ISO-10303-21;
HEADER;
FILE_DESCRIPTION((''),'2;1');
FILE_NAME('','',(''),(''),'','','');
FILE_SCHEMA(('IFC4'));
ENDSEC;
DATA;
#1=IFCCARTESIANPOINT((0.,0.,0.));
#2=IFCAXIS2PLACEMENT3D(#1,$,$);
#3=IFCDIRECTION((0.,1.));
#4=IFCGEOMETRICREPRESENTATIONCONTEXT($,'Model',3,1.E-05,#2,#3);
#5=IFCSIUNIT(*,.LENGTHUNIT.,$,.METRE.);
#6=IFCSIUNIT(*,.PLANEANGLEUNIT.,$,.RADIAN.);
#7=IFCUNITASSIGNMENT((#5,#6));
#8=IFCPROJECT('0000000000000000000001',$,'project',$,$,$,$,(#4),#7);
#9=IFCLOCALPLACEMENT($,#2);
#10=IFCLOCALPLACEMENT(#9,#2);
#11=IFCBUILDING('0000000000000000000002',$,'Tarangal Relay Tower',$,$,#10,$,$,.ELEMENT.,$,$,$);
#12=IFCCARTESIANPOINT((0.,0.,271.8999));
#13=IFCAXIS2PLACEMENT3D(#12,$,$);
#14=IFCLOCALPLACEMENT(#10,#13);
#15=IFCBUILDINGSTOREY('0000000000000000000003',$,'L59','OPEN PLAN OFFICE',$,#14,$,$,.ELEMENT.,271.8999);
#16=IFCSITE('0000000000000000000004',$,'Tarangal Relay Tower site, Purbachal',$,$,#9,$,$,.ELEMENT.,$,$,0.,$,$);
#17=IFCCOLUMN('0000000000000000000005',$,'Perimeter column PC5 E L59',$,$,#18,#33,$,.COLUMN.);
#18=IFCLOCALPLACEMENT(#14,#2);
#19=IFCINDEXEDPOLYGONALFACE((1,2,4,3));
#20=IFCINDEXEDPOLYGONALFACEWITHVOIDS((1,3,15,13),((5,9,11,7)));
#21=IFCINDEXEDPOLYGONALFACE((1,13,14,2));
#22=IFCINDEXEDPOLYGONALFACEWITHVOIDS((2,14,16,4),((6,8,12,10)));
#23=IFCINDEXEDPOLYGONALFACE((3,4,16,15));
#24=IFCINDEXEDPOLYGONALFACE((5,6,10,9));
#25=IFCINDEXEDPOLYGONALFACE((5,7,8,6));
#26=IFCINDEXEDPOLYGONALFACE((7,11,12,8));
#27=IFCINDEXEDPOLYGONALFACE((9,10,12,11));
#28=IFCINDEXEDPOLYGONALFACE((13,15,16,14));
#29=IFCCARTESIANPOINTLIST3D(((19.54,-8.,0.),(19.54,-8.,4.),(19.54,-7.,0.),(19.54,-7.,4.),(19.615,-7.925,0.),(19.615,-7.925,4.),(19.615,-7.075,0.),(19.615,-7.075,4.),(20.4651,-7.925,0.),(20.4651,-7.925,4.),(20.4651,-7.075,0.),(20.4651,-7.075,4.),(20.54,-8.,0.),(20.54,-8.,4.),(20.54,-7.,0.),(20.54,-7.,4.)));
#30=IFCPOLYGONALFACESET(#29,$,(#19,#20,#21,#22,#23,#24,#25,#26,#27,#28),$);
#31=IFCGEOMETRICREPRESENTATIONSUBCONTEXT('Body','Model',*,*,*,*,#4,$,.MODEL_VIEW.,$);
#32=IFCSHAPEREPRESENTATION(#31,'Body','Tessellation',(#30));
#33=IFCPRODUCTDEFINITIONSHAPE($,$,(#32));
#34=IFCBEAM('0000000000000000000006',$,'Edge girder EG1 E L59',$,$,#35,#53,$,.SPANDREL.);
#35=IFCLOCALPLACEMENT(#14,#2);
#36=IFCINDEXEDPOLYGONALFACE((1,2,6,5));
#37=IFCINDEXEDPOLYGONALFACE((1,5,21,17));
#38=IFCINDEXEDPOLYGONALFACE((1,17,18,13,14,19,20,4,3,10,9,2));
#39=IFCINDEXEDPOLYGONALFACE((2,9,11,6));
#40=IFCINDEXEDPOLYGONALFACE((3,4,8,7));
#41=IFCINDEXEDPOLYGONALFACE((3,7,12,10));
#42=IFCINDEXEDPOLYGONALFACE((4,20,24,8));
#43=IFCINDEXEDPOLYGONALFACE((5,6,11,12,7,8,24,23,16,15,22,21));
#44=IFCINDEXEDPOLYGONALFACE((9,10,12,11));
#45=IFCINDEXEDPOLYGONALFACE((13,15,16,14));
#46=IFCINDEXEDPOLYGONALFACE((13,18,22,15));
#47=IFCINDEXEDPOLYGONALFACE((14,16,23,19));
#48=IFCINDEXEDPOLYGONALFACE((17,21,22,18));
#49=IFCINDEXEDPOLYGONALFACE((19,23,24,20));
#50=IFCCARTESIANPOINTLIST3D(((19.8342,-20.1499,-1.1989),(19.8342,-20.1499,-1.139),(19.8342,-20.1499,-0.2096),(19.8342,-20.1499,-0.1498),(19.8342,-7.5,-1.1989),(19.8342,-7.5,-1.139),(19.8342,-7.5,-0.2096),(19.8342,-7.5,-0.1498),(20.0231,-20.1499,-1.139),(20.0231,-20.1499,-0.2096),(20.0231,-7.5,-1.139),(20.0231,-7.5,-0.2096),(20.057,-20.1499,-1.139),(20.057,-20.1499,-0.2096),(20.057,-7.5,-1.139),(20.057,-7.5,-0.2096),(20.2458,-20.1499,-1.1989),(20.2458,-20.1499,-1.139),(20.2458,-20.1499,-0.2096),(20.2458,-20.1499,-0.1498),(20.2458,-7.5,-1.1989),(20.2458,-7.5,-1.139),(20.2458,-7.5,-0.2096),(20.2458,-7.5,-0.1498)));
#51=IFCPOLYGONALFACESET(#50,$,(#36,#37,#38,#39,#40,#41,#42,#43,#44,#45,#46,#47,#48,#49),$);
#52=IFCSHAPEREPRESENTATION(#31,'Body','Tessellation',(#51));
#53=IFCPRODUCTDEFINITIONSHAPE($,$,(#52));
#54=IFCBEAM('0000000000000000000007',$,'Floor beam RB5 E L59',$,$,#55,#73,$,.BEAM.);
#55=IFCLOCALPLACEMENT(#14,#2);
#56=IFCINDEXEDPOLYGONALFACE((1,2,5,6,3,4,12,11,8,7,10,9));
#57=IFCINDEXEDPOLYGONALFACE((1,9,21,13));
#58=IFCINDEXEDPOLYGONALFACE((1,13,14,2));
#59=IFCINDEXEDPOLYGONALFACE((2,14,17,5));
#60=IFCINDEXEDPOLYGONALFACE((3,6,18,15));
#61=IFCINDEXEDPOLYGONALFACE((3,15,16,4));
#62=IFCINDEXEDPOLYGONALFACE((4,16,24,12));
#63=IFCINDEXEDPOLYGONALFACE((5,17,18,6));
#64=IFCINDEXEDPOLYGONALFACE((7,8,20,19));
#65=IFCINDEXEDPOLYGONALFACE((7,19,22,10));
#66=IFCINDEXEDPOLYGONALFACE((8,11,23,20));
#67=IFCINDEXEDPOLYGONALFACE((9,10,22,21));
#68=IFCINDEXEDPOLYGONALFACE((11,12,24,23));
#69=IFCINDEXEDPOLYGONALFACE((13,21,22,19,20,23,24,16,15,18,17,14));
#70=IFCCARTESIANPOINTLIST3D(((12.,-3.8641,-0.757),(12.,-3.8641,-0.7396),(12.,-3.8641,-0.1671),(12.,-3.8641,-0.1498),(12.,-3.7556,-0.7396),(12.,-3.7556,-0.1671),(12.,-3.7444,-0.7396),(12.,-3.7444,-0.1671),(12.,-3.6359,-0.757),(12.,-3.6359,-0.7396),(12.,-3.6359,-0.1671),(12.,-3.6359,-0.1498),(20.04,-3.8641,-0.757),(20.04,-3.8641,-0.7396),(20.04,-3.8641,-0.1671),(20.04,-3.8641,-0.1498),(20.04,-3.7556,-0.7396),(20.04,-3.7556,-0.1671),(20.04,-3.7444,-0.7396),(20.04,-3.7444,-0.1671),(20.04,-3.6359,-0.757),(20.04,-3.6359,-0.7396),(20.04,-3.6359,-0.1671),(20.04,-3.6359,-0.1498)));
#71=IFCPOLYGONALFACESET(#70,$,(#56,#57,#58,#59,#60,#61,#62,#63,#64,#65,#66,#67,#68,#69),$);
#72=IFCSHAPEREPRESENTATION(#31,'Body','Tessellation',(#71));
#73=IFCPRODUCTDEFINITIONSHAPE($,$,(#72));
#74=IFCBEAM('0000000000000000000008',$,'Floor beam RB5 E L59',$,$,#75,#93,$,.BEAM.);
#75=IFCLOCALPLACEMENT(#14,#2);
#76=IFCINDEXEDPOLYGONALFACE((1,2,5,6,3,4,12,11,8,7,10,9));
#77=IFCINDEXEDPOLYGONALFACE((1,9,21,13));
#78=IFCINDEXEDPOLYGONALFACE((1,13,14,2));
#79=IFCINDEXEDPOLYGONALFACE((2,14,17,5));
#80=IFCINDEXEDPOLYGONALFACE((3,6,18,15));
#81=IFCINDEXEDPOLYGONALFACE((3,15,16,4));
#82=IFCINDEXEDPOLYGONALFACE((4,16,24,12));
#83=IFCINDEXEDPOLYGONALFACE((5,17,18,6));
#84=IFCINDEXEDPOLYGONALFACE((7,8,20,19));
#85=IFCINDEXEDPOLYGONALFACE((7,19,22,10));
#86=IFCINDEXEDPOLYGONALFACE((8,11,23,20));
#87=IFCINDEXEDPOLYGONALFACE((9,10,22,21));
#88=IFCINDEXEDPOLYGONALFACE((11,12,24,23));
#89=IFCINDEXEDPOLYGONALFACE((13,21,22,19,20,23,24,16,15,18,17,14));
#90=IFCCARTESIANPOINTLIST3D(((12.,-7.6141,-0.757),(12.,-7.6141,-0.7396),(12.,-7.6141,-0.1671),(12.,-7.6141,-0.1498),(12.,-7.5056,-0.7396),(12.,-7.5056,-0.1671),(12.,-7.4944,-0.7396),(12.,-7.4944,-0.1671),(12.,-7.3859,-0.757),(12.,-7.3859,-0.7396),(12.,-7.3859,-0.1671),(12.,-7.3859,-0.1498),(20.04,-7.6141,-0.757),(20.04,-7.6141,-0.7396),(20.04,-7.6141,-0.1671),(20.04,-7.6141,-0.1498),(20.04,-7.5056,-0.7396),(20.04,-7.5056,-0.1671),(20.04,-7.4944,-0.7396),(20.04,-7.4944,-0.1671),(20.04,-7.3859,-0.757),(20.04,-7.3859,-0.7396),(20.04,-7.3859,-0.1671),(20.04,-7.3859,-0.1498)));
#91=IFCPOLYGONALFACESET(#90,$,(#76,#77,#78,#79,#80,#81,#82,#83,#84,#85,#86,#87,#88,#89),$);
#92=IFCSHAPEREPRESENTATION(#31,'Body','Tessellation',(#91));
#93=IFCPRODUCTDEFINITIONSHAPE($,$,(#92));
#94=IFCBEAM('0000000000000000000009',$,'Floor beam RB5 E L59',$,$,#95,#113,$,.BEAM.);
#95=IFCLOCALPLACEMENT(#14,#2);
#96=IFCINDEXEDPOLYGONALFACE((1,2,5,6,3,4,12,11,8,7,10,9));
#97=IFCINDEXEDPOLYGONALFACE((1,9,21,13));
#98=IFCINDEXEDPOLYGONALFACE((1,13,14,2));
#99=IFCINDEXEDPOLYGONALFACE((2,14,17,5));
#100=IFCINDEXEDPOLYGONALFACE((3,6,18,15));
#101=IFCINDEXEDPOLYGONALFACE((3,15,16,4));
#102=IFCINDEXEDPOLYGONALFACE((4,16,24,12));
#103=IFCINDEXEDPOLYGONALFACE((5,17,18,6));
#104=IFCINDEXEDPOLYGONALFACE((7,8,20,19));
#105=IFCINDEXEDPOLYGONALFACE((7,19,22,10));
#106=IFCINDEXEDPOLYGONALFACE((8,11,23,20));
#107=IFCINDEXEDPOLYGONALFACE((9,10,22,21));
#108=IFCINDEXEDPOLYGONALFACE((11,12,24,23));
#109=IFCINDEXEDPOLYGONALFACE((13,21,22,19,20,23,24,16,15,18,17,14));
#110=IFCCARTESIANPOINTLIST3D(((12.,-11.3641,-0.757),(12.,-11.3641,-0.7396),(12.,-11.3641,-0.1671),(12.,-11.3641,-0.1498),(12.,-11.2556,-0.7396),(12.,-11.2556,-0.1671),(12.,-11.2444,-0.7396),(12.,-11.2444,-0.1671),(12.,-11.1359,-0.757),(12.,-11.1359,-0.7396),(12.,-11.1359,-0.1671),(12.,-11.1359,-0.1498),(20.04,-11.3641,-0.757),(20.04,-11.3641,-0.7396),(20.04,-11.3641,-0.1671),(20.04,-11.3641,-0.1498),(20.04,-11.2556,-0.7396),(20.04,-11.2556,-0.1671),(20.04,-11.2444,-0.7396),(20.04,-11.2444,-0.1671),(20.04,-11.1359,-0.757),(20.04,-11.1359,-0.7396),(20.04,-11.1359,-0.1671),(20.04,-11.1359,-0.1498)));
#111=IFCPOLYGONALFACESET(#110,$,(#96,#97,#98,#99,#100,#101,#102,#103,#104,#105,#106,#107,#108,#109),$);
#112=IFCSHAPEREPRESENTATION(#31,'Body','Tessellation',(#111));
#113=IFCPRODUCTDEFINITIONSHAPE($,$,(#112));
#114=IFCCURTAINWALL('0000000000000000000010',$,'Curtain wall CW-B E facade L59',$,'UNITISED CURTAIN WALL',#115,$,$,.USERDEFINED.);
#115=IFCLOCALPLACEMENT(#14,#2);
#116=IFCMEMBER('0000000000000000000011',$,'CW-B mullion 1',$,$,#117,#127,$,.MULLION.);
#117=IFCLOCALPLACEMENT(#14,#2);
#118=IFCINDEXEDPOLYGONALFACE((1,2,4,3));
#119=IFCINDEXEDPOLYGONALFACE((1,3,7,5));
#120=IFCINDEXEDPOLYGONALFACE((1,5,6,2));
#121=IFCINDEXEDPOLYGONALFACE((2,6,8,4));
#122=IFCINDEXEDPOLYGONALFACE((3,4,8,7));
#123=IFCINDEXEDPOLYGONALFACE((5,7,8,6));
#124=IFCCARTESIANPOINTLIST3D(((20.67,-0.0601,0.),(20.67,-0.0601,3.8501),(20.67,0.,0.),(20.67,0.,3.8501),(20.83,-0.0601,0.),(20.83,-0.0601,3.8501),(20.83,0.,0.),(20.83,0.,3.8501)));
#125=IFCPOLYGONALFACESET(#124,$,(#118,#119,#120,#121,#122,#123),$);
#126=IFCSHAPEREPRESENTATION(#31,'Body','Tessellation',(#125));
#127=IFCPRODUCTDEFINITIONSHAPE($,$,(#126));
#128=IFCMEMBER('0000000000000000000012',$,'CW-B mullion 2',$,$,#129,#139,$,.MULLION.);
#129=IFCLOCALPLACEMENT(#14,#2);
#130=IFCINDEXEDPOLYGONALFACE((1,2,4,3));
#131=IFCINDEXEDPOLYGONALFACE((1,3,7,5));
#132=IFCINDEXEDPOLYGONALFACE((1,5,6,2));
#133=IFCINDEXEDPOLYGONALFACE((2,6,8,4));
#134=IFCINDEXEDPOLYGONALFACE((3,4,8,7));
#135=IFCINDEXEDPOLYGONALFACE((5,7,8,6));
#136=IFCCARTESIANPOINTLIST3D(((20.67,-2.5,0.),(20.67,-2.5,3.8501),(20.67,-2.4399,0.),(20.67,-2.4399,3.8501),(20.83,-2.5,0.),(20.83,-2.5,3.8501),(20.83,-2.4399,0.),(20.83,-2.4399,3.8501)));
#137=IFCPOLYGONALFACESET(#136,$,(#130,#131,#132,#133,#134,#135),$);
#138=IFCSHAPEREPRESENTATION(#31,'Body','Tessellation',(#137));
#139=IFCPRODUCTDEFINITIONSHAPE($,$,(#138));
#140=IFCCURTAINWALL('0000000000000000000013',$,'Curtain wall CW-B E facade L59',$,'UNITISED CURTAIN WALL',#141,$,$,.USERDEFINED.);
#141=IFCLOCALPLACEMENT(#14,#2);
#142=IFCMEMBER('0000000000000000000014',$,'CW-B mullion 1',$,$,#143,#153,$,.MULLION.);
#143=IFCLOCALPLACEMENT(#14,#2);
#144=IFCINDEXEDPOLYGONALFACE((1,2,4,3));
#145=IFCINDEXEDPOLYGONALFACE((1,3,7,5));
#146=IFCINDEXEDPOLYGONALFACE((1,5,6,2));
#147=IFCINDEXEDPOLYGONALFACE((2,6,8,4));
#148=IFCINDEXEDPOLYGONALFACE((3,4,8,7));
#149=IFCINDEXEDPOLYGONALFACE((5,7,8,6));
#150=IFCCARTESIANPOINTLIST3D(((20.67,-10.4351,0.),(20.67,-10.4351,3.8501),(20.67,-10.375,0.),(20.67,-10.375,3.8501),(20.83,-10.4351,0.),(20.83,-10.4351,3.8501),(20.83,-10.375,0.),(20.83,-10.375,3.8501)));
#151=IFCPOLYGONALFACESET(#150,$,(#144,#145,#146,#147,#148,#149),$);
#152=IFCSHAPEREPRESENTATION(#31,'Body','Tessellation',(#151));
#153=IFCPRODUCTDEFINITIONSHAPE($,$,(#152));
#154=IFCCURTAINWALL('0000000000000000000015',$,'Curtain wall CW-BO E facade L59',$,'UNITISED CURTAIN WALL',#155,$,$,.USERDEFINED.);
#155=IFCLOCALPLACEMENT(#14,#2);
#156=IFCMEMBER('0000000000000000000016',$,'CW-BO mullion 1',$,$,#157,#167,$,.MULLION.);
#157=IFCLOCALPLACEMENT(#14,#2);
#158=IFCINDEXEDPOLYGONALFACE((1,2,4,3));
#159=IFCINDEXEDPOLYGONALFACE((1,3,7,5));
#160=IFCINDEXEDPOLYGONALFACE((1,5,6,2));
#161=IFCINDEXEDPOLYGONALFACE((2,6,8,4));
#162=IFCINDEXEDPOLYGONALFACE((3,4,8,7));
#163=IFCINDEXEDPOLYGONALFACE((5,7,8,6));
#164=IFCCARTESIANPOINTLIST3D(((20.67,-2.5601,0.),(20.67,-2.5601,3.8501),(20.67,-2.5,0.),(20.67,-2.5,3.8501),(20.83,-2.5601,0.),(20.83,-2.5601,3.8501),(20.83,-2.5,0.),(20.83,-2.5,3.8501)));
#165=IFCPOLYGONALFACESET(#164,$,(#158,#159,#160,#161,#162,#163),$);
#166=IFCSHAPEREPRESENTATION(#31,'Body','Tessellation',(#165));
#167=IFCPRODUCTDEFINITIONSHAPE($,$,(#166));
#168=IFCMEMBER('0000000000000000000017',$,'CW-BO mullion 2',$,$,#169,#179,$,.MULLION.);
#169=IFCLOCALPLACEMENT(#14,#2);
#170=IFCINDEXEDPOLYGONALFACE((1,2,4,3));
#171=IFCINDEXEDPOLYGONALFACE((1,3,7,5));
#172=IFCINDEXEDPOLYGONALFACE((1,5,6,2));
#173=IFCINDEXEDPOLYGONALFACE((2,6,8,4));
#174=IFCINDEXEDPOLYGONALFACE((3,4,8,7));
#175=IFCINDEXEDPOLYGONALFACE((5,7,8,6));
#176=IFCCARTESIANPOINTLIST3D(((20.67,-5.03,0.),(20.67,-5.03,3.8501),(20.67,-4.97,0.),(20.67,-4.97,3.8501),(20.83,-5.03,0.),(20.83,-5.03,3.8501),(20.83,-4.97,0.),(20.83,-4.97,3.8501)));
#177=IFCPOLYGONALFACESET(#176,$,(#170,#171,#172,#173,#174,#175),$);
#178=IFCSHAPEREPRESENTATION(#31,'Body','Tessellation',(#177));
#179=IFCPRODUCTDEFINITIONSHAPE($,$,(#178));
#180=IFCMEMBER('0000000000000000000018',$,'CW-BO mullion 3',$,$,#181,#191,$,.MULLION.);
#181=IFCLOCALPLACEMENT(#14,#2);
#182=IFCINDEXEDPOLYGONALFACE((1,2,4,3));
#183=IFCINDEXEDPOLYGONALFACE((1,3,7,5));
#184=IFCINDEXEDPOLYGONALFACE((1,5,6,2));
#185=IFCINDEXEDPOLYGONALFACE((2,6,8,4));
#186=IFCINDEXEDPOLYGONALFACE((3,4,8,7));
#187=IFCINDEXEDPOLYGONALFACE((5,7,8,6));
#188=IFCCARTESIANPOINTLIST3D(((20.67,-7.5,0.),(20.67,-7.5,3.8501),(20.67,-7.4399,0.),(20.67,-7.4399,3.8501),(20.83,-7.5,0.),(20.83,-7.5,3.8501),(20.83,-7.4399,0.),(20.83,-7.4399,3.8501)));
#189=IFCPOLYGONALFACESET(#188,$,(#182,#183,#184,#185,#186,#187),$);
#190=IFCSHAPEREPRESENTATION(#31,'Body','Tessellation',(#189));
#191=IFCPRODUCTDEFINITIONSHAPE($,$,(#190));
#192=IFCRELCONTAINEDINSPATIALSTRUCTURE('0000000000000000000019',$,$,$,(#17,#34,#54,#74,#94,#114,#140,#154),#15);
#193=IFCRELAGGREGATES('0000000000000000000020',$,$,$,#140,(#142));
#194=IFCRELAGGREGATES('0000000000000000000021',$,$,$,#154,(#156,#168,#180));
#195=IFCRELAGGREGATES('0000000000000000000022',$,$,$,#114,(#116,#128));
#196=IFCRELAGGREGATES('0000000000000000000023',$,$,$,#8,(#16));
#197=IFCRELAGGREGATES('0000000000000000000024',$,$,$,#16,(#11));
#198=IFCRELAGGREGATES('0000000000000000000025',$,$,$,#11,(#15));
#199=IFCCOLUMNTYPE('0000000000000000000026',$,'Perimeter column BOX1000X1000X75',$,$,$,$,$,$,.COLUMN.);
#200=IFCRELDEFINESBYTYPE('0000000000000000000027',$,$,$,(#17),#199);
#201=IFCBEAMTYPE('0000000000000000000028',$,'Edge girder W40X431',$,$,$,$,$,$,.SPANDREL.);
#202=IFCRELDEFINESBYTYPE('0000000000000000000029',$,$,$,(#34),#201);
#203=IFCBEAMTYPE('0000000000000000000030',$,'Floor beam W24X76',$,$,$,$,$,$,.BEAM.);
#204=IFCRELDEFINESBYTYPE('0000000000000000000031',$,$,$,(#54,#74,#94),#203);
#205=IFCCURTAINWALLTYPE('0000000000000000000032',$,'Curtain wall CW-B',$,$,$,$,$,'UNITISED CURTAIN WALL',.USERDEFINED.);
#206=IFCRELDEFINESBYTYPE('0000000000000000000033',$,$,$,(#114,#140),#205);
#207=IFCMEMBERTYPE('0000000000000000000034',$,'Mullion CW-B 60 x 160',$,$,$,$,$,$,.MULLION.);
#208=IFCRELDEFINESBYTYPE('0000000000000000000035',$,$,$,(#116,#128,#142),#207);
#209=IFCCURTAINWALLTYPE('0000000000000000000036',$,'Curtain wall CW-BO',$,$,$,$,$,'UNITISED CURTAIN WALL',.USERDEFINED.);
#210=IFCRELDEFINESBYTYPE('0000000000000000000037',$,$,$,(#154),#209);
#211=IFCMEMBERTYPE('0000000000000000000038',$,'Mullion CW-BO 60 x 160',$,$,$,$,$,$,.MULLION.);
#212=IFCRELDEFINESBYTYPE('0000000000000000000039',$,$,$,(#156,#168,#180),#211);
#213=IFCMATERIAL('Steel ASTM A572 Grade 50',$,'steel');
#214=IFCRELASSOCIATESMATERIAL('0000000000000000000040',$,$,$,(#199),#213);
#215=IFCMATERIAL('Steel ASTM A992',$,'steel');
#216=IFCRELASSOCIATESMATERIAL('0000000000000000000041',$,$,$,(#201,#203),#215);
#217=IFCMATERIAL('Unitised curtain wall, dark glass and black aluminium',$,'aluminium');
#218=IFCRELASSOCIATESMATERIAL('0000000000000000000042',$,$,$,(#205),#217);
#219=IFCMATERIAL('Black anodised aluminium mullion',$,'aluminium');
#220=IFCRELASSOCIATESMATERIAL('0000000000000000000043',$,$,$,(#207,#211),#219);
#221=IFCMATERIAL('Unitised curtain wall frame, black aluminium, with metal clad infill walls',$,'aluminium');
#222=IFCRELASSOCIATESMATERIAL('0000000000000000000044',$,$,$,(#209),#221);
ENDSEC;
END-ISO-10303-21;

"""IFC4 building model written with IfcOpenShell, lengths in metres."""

from ifc_helpers import new_model, si_unit, direction, frame, origin, origin_2d, place, context, subcontext, project, spatial, rectangle, hollow_rectangle, i_section, extrude, material, material_profile, profile_set, type_object, element, aggregate, save


model = new_model("IFC4")

# Units and contexts
model_context = context("Model", 3, precision=1e-05, world=origin(), true_north=direction((0.0, 1.0)))
body_context = subcontext(model_context, "Body", "Model", "MODEL_VIEW")
ifc_project = project(units=[si_unit("LENGTHUNIT", "METRE"), si_unit("PLANEANGLEUNIT", "RADIAN")], contexts=[model_context])

# Site, building, storey
site_placement = place(None, origin())
site = spatial("IfcSite", under=ifc_project, at=site_placement, Name="Tarangal Relay Tower site, Purbachal", CompositionType="ELEMENT", RefElevation=0.0)
building_placement = place(site_placement, origin())
building = spatial("IfcBuilding", under=site, at=building_placement, Name="Tarangal Relay Tower", CompositionType="ELEMENT")
storey_placement = place(building_placement, frame((0.0, 0.0, 271.8999)))
storey = spatial("IfcBuildingStorey", under=building, at=storey_placement, Name="L59", Description="OPEN PLAN OFFICE", CompositionType="ELEMENT", Elevation=271.8999)

# Column
ifc_material_1 = material(Name="Steel ASTM A572 Grade 50", Category="steel")
ifc_material_profile_1 = material_profile(ifc_material_1, hollow_rectangle(XDim=1.0, YDim=1.0, WallThickness=0.075, at=origin_2d()), Name="BOX1000X1000X75")
ifc_profile_set_1 = profile_set([ifc_material_profile_1], Name="Steel ASTM A572 Grade 50")
column_type = type_object("IfcColumnType", Name="Perimeter column BOX1000X1000X75", PredefinedType="COLUMN", material=ifc_profile_set_1)
column_placement = place(storey_placement, frame((20.04, -7.5, 0.0), z_axis=(0.0, 0.0, 1.0), x_axis=(1.0, 0.0, 0.0)))
element("IfcColumn", 1, at=column_placement, inside=storey, type_object=column_type, Name="Perimeter column PC5 E L59", PredefinedType="COLUMN", context=body_context, shape_type="SweptSolid", body=[
    extrude(hollow_rectangle(XDim=1.0, YDim=1.0, WallThickness=0.075, at=origin_2d()), origin(), (0.0, 0.0, 1.0), 4.0),
])

# Beams
ifc_material_2 = material(Name="Steel ASTM A992", Category="steel")
ifc_material_profile_2 = material_profile(ifc_material_2, i_section(OverallWidth=0.4116, OverallDepth=1.0491, WebThickness=0.0339, FlangeThickness=0.0598, at=origin_2d()), Name="W40X431")
ifc_profile_set_2 = profile_set([ifc_material_profile_2], Name="Steel ASTM A992")
beam_type_1 = type_object("IfcBeamType", Name="Edge girder W40X431", PredefinedType="SPANDREL", material=ifc_profile_set_2)
beam_placement = place(storey_placement, frame((20.04, -7.5, -0.6743), z_axis=(0.0, -1.0, 0.0), x_axis=(1.0, 0.0, 0.0)))
element("IfcBeam", 2, at=beam_placement, inside=storey, type_object=beam_type_1, Name="Edge girder EG1 E L59", PredefinedType="SPANDREL", context=body_context, shape_type="SweptSolid", body=[
    extrude(i_section(OverallWidth=0.4116, OverallDepth=1.0491, WebThickness=0.0339, FlangeThickness=0.0598, at=origin_2d()), origin(), (0.0, 0.0, 1.0), 12.6499),
])
ifc_material_profile_3 = material_profile(ifc_material_2, i_section(OverallWidth=0.2283, OverallDepth=0.6072, WebThickness=0.0112, FlangeThickness=0.0173, at=origin_2d()), Name="W24X76")
ifc_profile_set_3 = profile_set([ifc_material_profile_3], Name="Steel ASTM A992")
beam_type_2 = type_object("IfcBeamType", Name="Floor beam W24X76", PredefinedType="BEAM", material=ifc_profile_set_3)
for number, where, z_axis, x_axis, name in (
    (3, (12.0, -3.75, -0.4534), (1.0, 0.0, 0.0), (0.0, 1.0, 0.0), "Floor beam RB5 E L59"),
    (4, (12.0, -7.5, -0.4534), (1.0, 0.0, 0.0), (0.0, 1.0, 0.0), "Floor beam RB5 E L59"),
    (5, (12.0, -11.25, -0.4534), (1.0, 0.0, 0.0), (0.0, 1.0, 0.0), "Floor beam RB5 E L59"),
):
    element("IfcBeam", number, at=place(storey_placement, frame(where, z_axis=z_axis, x_axis=x_axis)), inside=storey, type_object=beam_type_2, Name=name, PredefinedType="BEAM", context=body_context, shape_type="SweptSolid", body=[
        extrude(i_section(OverallWidth=0.2283, OverallDepth=0.6072, WebThickness=0.0112, FlangeThickness=0.0173, at=origin_2d()), origin(), (0.0, 0.0, 1.0), 8.04),
    ])

# Curtain wall, members
ifc_material_3 = material(Name="Unitised curtain wall, dark glass and black aluminium", Category="aluminium")
curtain_wall_type_1 = type_object("IfcCurtainWallType", Name="Curtain wall CW-B", ElementType="UNITISED CURTAIN WALL", PredefinedType="USERDEFINED", material=ifc_material_3)
curtain_wall_1_placement = place(storey_placement, origin())
curtain_wall_1 = element("IfcCurtainWall", 6, at=curtain_wall_1_placement, inside=storey, type_object=curtain_wall_type_1, Name="Curtain wall CW-B E facade L59", ObjectType="UNITISED CURTAIN WALL", PredefinedType="USERDEFINED")
ifc_material_4 = material(Name="Black anodised aluminium mullion", Category="aluminium")
ifc_material_profile_4 = material_profile(ifc_material_4, rectangle(XDim=0.1599, YDim=0.0601, at=origin_2d()), Name="CW-BM 60X160")
ifc_profile_set_4 = profile_set([ifc_material_profile_4], Name="Black anodised aluminium mullion")
member_type_1 = type_object("IfcMemberType", Name="Mullion CW-B 60 x 160", PredefinedType="MULLION", material=ifc_profile_set_4)
member_1_placement = place(storey_placement, frame((20.75, -0.03, 0.0), z_axis=(0.0, 0.0, 1.0), x_axis=(1.0, 0.0, 0.0)))
member_1 = element("IfcMember", 7, at=member_1_placement, type_object=member_type_1, Name="CW-B mullion 1", PredefinedType="MULLION", context=body_context, shape_type="SweptSolid", body=[
    extrude(rectangle(XDim=0.1599, YDim=0.0601, at=origin_2d()), origin(), (0.0, 0.0, 1.0), 3.8501),
])
member_2_placement = place(storey_placement, frame((20.75, -2.47, 0.0), z_axis=(0.0, 0.0, 1.0), x_axis=(1.0, 0.0, 0.0)))
member_2 = element("IfcMember", 8, at=member_2_placement, type_object=member_type_1, Name="CW-B mullion 2", PredefinedType="MULLION", context=body_context, shape_type="SweptSolid", body=[
    extrude(rectangle(XDim=0.1599, YDim=0.0601, at=origin_2d()), origin(), (0.0, 0.0, 1.0), 3.8501),
])

# Curtain wall, member
curtain_wall_2_placement = place(storey_placement, origin())
curtain_wall_2 = element("IfcCurtainWall", 9, at=curtain_wall_2_placement, inside=storey, type_object=curtain_wall_type_1, Name="Curtain wall CW-B E facade L59", ObjectType="UNITISED CURTAIN WALL", PredefinedType="USERDEFINED")
member_3_placement = place(storey_placement, frame((20.75, -10.405, 0.0), z_axis=(0.0, 0.0, 1.0), x_axis=(1.0, 0.0, 0.0)))
member_3 = element("IfcMember", 10, at=member_3_placement, type_object=member_type_1, Name="CW-B mullion 1", PredefinedType="MULLION", context=body_context, shape_type="SweptSolid", body=[
    extrude(rectangle(XDim=0.1599, YDim=0.0601, at=origin_2d()), origin(), (0.0, 0.0, 1.0), 3.8501),
])

# Curtain wall, members
ifc_material_5 = material(Name="Unitised curtain wall frame, black aluminium, with metal clad infill walls", Category="aluminium")
curtain_wall_type_2 = type_object("IfcCurtainWallType", Name="Curtain wall CW-BO", ElementType="UNITISED CURTAIN WALL", PredefinedType="USERDEFINED", material=ifc_material_5)
curtain_wall_3_placement = place(storey_placement, origin())
curtain_wall_3 = element("IfcCurtainWall", 11, at=curtain_wall_3_placement, inside=storey, type_object=curtain_wall_type_2, Name="Curtain wall CW-BO E facade L59", ObjectType="UNITISED CURTAIN WALL", PredefinedType="USERDEFINED")
ifc_material_profile_5 = material_profile(ifc_material_4, rectangle(XDim=0.1599, YDim=0.0601, at=origin_2d()), Name="CW-BOM 60X160")
ifc_profile_set_5 = profile_set([ifc_material_profile_5], Name="Black anodised aluminium mullion")
member_type_2 = type_object("IfcMemberType", Name="Mullion CW-BO 60 x 160", PredefinedType="MULLION", material=ifc_profile_set_5)
member_4_placement = place(storey_placement, frame((20.75, -2.53, 0.0), z_axis=(0.0, 0.0, 1.0), x_axis=(1.0, 0.0, 0.0)))
member_4 = element("IfcMember", 12, at=member_4_placement, type_object=member_type_2, Name="CW-BO mullion 1", PredefinedType="MULLION", context=body_context, shape_type="SweptSolid", body=[
    extrude(rectangle(XDim=0.1599, YDim=0.0601, at=origin_2d()), origin(), (0.0, 0.0, 1.0), 3.8501),
])
member_5_placement = place(storey_placement, frame((20.75, -5.0, 0.0), z_axis=(0.0, 0.0, 1.0), x_axis=(1.0, 0.0, 0.0)))
member_5 = element("IfcMember", 13, at=member_5_placement, type_object=member_type_2, Name="CW-BO mullion 2", PredefinedType="MULLION", context=body_context, shape_type="SweptSolid", body=[
    extrude(rectangle(XDim=0.1599, YDim=0.0601, at=origin_2d()), origin(), (0.0, 0.0, 1.0), 3.8501),
])
member_6_placement = place(storey_placement, frame((20.75, -7.47, 0.0), z_axis=(0.0, 0.0, 1.0), x_axis=(1.0, 0.0, 0.0)))
member_6 = element("IfcMember", 14, at=member_6_placement, type_object=member_type_2, Name="CW-BO mullion 3", PredefinedType="MULLION", context=body_context, shape_type="SweptSolid", body=[
    extrude(rectangle(XDim=0.1599, YDim=0.0601, at=origin_2d()), origin(), (0.0, 0.0, 1.0), 3.8501),
])

aggregate(curtain_wall_2, [member_3])
aggregate(curtain_wall_3, [member_4, member_5, member_6])

aggregate(curtain_wall_1, [member_1, member_2])

save(model, "model.ifc")
